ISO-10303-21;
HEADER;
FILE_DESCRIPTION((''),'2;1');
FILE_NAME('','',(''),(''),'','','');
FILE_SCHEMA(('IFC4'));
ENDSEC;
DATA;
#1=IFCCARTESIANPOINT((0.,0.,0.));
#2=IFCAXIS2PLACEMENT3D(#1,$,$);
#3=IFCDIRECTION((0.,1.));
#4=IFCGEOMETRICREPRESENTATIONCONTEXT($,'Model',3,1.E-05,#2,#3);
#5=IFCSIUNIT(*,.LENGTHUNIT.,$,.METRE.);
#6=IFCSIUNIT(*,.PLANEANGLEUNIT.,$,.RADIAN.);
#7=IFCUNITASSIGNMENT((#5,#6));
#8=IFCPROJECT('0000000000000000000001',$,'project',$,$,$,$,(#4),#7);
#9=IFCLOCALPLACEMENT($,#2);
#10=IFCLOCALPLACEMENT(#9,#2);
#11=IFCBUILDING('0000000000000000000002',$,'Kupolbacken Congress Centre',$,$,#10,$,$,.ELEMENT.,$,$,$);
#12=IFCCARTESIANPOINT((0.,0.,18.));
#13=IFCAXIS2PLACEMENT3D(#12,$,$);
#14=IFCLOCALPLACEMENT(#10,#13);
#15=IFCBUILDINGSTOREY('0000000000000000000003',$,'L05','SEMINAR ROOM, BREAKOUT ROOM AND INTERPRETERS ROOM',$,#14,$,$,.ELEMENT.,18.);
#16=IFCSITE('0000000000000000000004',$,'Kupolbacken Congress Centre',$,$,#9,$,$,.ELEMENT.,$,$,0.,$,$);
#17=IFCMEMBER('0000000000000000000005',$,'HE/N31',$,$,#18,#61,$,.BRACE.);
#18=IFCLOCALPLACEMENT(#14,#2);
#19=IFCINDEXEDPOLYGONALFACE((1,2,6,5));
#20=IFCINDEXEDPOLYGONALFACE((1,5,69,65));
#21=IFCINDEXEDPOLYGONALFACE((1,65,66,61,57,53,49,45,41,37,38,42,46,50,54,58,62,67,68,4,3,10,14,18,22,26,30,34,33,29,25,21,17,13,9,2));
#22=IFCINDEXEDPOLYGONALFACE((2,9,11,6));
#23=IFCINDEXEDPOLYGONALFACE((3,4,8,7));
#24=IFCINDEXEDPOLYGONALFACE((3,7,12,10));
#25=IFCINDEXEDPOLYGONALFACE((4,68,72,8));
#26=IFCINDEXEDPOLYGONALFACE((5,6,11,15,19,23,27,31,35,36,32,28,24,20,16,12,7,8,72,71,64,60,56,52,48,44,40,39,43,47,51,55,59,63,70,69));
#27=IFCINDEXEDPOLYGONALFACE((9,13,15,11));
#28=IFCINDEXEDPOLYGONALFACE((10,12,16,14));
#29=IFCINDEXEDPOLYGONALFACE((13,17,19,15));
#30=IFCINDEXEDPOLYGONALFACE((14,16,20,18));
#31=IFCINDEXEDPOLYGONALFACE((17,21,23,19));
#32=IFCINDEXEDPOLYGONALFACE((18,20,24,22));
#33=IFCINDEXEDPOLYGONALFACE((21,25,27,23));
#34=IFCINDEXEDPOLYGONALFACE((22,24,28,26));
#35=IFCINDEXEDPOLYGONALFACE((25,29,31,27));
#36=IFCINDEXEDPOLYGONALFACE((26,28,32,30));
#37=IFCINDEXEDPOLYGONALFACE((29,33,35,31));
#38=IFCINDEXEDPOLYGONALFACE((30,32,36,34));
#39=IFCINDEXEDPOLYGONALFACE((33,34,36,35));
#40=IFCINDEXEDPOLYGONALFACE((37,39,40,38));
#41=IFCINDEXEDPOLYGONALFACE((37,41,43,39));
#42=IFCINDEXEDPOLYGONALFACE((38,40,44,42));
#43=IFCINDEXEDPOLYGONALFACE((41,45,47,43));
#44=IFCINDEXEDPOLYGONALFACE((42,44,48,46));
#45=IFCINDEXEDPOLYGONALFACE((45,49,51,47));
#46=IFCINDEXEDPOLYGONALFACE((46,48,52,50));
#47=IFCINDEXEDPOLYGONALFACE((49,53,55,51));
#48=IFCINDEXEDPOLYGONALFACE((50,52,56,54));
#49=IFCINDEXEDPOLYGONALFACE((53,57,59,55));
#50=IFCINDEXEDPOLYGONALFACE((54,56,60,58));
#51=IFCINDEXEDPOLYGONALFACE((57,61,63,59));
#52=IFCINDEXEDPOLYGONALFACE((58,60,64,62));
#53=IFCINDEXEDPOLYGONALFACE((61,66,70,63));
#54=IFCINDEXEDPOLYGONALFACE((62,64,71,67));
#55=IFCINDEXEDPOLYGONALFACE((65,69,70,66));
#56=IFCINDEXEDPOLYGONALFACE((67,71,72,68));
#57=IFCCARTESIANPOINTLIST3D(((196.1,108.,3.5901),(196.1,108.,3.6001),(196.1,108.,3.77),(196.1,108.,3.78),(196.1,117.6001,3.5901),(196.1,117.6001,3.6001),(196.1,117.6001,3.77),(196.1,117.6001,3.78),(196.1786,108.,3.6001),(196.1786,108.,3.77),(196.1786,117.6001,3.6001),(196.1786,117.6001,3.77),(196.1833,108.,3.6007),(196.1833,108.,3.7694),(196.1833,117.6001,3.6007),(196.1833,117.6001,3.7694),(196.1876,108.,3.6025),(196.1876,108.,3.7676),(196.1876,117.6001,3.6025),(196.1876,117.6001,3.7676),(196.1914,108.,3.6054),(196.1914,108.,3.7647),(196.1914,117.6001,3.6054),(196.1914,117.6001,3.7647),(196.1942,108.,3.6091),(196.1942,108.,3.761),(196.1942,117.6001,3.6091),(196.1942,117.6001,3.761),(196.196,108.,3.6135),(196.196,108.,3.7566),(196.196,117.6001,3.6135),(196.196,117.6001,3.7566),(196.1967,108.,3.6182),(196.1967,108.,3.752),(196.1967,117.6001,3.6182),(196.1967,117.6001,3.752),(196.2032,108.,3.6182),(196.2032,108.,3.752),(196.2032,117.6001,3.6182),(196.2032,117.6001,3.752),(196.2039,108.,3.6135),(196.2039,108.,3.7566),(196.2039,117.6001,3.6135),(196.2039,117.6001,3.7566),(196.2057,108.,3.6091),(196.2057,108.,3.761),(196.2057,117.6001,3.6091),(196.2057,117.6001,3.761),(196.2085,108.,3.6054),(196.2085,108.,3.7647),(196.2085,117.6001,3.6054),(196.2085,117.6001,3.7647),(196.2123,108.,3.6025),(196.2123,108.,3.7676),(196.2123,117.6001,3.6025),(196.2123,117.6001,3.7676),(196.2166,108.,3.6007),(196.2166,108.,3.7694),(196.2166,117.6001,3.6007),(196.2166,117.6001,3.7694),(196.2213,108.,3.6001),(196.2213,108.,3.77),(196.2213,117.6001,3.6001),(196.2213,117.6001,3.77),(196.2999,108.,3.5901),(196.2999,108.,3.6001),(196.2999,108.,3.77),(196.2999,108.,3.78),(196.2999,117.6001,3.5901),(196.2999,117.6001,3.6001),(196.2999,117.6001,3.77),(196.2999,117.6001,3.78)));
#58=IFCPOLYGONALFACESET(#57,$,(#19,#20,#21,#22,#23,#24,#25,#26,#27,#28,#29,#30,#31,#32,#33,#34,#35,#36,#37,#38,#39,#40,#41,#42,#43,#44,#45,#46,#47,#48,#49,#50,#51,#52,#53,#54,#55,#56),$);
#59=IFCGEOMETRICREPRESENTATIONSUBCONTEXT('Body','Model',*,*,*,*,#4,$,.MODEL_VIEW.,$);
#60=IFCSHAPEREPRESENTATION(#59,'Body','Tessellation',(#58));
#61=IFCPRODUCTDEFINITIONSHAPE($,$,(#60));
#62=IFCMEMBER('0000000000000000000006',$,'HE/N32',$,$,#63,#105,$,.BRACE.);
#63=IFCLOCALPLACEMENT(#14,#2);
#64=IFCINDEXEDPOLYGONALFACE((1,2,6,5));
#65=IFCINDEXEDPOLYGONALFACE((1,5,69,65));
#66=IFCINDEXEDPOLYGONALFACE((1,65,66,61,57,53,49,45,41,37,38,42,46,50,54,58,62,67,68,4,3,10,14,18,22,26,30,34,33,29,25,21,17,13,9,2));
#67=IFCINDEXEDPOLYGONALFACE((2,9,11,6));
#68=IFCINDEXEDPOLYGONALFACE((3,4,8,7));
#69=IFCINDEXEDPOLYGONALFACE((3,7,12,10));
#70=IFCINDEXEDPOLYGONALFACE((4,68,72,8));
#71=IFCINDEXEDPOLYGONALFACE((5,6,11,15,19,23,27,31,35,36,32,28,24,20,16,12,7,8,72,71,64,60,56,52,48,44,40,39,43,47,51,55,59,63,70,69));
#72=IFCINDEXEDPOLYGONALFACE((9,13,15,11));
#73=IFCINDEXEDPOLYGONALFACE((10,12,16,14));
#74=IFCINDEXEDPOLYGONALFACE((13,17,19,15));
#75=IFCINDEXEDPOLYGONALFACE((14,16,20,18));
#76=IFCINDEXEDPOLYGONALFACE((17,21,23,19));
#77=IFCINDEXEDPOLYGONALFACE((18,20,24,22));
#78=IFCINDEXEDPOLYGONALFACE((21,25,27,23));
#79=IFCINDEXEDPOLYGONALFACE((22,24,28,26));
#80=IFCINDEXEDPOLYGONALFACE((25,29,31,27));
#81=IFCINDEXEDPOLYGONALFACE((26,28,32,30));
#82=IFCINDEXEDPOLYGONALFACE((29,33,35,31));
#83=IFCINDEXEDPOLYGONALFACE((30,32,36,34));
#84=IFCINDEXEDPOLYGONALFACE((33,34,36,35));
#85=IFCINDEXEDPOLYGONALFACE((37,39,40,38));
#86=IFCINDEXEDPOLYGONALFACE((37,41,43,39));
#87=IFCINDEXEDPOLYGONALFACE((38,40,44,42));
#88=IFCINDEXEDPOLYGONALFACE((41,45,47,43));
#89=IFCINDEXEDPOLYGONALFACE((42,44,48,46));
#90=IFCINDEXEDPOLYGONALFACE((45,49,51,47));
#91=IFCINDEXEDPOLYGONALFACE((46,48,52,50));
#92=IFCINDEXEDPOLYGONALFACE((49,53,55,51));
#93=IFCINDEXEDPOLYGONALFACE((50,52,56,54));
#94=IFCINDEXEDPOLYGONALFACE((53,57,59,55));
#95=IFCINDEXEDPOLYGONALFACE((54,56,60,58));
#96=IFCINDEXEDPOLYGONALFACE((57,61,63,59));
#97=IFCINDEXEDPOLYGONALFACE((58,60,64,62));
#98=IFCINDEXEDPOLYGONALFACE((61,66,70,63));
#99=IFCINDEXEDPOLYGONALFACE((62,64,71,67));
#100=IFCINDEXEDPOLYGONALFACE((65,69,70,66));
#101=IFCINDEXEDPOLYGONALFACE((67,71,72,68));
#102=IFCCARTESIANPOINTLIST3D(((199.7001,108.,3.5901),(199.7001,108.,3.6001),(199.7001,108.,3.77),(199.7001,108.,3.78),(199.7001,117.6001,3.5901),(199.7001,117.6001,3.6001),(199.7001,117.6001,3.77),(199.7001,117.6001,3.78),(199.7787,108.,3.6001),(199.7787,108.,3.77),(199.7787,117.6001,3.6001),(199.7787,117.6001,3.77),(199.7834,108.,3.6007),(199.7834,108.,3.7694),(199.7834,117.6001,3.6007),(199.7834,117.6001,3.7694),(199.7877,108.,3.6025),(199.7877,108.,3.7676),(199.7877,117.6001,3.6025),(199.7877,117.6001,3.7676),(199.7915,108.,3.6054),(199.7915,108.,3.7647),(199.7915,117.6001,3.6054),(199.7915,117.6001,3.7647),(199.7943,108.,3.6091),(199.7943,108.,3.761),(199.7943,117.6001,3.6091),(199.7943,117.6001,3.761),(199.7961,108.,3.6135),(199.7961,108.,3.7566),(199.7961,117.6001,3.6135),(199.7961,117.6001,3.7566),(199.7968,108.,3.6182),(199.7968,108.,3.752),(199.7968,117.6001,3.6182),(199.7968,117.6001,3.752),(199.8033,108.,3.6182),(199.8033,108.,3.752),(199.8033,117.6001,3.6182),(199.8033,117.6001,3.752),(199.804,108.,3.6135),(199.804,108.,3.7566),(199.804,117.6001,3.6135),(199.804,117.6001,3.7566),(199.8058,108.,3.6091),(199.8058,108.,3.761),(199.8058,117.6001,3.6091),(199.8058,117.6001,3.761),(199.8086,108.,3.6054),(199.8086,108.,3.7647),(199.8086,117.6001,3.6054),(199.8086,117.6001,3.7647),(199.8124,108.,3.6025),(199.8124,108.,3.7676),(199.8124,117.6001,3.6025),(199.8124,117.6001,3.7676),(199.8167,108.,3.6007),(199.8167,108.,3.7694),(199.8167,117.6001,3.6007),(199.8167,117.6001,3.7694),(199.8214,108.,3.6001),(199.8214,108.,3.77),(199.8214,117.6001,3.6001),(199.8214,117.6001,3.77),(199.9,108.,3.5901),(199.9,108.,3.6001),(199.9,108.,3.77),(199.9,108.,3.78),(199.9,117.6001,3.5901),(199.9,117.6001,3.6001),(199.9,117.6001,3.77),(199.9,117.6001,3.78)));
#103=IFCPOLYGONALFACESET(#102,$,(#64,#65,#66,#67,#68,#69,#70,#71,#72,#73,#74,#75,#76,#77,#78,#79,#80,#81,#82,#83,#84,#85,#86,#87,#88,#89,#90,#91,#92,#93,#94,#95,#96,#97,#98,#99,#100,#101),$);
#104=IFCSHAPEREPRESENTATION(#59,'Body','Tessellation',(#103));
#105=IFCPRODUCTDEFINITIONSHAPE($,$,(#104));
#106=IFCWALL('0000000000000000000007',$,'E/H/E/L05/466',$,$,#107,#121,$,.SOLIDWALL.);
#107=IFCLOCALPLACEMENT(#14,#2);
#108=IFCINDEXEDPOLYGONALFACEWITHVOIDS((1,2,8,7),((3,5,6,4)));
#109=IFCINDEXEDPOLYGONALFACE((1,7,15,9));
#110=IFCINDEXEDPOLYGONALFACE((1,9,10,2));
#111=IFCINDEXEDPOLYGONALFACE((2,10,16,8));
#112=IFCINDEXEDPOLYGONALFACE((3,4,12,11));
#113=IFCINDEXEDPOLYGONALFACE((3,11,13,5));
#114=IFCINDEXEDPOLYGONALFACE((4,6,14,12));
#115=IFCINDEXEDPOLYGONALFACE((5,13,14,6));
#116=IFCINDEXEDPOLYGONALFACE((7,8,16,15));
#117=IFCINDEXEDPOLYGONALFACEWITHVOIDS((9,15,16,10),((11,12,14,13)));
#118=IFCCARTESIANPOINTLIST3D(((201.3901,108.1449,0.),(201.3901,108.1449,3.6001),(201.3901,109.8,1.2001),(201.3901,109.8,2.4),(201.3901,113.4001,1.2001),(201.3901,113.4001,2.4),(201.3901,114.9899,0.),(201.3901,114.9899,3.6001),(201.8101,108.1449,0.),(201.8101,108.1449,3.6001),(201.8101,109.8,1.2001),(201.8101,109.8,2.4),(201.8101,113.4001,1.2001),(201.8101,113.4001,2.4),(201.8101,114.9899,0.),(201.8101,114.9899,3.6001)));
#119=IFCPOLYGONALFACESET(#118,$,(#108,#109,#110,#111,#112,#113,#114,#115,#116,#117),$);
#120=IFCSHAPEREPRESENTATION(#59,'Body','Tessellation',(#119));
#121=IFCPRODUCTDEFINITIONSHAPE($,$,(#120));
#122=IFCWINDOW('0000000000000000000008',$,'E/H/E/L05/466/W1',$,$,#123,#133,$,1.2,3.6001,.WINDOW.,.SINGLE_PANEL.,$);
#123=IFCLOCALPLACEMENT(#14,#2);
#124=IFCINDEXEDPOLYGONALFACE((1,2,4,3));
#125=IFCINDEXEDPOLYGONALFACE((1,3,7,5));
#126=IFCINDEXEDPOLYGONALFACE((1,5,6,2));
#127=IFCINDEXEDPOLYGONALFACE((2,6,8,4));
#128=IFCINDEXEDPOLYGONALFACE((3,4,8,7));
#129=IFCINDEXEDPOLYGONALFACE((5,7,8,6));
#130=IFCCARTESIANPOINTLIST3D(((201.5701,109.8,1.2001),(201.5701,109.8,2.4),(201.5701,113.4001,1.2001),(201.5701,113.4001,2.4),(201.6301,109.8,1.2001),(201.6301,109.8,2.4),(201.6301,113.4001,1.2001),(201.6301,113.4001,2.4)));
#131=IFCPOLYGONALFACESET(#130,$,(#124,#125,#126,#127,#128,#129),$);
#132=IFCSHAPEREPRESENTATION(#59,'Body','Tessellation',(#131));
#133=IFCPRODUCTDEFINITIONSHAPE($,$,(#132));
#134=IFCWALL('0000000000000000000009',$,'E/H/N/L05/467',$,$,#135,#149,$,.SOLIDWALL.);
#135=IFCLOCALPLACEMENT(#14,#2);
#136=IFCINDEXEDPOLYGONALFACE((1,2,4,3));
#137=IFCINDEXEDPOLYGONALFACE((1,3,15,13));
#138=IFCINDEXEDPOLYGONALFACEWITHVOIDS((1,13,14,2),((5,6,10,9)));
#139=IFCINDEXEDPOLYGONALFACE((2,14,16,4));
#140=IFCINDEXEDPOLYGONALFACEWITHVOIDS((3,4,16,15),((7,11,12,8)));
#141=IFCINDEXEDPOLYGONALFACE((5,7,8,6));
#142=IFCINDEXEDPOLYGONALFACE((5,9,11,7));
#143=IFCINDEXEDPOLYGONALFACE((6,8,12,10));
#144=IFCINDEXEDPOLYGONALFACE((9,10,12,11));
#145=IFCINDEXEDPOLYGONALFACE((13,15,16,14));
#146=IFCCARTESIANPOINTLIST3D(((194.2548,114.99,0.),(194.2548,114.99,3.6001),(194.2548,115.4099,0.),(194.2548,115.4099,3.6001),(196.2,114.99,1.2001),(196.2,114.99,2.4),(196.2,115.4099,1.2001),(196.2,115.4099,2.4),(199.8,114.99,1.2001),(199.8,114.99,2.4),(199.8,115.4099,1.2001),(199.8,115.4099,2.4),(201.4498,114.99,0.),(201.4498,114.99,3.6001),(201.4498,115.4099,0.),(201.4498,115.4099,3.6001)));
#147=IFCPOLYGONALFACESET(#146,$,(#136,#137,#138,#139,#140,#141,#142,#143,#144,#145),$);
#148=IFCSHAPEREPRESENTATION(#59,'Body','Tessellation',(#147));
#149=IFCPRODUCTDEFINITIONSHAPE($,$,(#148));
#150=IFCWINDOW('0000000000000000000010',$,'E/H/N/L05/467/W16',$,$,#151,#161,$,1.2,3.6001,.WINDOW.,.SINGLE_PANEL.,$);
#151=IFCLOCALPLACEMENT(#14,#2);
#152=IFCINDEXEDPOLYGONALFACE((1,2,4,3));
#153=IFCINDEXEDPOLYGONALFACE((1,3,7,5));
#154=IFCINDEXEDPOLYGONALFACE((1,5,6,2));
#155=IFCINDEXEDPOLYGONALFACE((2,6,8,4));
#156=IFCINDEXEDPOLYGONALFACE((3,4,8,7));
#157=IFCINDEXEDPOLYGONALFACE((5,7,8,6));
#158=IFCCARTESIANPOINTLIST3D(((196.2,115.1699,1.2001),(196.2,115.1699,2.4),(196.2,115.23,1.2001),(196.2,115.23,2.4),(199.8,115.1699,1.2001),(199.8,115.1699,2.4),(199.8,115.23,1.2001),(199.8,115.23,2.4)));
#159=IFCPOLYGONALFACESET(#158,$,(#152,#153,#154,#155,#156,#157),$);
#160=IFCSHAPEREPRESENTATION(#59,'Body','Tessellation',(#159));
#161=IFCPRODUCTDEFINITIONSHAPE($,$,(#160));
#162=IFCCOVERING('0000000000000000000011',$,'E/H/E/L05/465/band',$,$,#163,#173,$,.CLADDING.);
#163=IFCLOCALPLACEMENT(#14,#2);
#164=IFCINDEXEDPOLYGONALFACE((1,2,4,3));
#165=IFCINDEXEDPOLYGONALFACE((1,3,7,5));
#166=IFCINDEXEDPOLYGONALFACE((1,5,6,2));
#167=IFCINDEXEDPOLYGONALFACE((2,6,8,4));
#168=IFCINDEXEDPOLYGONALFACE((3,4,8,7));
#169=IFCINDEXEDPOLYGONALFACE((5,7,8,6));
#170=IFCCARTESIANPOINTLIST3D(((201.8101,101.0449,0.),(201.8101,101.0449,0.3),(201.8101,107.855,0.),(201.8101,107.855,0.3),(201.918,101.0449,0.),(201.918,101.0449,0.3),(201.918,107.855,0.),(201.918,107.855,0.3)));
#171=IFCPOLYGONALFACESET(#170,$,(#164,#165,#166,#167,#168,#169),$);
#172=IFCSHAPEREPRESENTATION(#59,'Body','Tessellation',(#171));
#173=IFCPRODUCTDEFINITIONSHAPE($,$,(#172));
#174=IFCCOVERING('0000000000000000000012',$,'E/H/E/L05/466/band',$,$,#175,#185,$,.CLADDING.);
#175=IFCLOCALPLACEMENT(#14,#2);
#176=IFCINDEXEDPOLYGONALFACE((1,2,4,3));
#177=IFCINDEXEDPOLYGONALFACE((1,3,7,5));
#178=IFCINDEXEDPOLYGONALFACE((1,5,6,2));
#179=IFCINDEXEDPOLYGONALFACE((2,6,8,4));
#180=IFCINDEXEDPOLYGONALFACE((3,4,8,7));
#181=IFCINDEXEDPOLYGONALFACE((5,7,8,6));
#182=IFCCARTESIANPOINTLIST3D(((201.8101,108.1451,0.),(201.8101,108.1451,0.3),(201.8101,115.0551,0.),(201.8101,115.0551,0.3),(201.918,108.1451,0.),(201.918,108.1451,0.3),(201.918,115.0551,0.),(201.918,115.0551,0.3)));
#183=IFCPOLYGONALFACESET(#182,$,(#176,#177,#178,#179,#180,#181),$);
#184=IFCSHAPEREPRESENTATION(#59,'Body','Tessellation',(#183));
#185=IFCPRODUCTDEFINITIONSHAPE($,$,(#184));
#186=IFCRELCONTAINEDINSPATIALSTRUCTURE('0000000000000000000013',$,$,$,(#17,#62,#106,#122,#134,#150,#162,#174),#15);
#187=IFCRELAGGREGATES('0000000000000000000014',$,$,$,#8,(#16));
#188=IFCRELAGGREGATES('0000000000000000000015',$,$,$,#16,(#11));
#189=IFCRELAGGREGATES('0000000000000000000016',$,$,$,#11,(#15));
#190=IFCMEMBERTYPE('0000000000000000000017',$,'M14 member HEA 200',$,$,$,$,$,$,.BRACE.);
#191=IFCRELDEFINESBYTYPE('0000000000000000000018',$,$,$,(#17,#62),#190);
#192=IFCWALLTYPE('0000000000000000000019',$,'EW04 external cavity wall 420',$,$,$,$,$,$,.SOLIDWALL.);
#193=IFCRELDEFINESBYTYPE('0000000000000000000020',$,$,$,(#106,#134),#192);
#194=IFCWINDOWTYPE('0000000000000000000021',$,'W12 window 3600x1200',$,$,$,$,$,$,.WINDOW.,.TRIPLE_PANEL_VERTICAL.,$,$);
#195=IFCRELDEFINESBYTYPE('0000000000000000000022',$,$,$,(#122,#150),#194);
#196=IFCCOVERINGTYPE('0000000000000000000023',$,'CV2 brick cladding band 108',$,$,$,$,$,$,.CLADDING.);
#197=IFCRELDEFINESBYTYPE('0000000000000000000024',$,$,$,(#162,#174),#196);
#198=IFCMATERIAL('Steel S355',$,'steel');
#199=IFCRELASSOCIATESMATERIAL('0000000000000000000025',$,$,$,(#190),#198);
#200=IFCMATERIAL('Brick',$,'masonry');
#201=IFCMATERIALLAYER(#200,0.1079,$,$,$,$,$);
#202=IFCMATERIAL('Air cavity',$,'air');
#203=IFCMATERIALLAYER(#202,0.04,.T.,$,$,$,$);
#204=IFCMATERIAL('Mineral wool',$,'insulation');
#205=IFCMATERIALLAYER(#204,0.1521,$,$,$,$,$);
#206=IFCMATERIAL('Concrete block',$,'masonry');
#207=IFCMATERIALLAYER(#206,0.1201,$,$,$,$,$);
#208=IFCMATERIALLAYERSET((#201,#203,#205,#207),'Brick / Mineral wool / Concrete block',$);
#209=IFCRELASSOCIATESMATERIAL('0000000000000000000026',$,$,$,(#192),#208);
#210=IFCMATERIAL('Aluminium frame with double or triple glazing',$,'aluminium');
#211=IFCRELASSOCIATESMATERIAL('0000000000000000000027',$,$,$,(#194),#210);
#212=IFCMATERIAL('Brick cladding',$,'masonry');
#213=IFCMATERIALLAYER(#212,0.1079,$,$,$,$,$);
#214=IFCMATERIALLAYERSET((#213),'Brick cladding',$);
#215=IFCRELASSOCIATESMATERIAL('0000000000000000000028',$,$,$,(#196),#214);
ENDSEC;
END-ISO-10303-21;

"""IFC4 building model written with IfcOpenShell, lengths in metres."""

from ifc_helpers import new_model, si_unit, direction, frame, frame_2d, origin, origin_2d, place, context, subcontext, project, spatial, rectangle, i_section, extrude, material, layer, layer_set, material_profile, profile_set, type_object, element, fill, save


model = new_model("IFC4")

# Units and contexts
model_context = context("Model", 3, precision=1e-05, world=origin(), true_north=direction((0.0, 1.0)))
body_context = subcontext(model_context, "Body", "Model", "MODEL_VIEW")
ifc_project = project(units=[si_unit("LENGTHUNIT", "METRE"), si_unit("PLANEANGLEUNIT", "RADIAN")], contexts=[model_context])

# Site, building, storey
site_placement = place(None, origin())
site = spatial("IfcSite", under=ifc_project, at=site_placement, Name="Kupolbacken Congress Centre", CompositionType="ELEMENT", RefElevation=0.0)
building_placement = place(site_placement, origin())
building = spatial("IfcBuilding", under=site, at=building_placement, Name="Kupolbacken Congress Centre", CompositionType="ELEMENT")
storey_placement = place(building_placement, frame((0.0, 0.0, 18.0)))
storey = spatial("IfcBuildingStorey", under=building, at=storey_placement, Name="L05", Description="SEMINAR ROOM, BREAKOUT ROOM AND INTERPRETERS ROOM", CompositionType="ELEMENT", Elevation=18.0)

# Members
ifc_material_1 = material(Name="Steel S355", Category="steel")
ifc_material_profile_1 = material_profile(ifc_material_1, i_section(OverallWidth=0.2, OverallDepth=0.1899, WebThickness=0.0066, FlangeThickness=0.01, FilletRadius=0.0181, at=origin_2d()), Name="HEA 200")
ifc_profile_set_1 = profile_set([ifc_material_profile_1], Name="Steel S355")
member_type = type_object("IfcMemberType", Name="M14 member HEA 200", PredefinedType="BRACE", material=ifc_profile_set_1)
for number, where, z_axis, x_axis, name in (
    (1, (196.2, 108.0, 3.6851), (0.0, 1.0, 0.0), (-1.0, 0.0, 0.0), "HE/N31"),
    (2, (199.8, 108.0, 3.6851), (0.0, 1.0, 0.0), (-1.0, 0.0, 0.0), "HE/N32"),
):
    element("IfcMember", number, at=place(storey_placement, frame(where, z_axis=z_axis, x_axis=x_axis)), inside=storey, type_object=member_type, Name=name, PredefinedType="BRACE", context=body_context, shape_type="SweptSolid", body=[
        extrude(i_section(OverallWidth=0.2, OverallDepth=0.1899, WebThickness=0.0066, FlangeThickness=0.01, FilletRadius=0.0181, at=origin_2d()), origin(), (0.0, 0.0, 1.0), 9.6001),
    ])

# Walls, openings, windows
ifc_material_2 = material(Name="Brick", Category="masonry")
ifc_layer_1 = layer(ifc_material_2, 0.1079)
ifc_material_3 = material(Name="Air cavity", Category="air")
ifc_layer_2 = layer(ifc_material_3, 0.04, ventilated=True)
ifc_material_4 = material(Name="Mineral wool", Category="insulation")
ifc_layer_3 = layer(ifc_material_4, 0.1521)
ifc_material_5 = material(Name="Concrete block", Category="masonry")
ifc_layer_4 = layer(ifc_material_5, 0.1201)
ifc_layer_set_1 = layer_set([ifc_layer_1, ifc_layer_2, ifc_layer_3, ifc_layer_4], Name="Brick / Mineral wool / Concrete block")
wall_type = type_object("IfcWallType", Name="EW04 external cavity wall 420", PredefinedType="SOLIDWALL", material=ifc_layer_set_1)
wall_1_placement = place(storey_placement, frame((201.6001, 108.145, 0.0), z_axis=(0.0, 0.0, 1.0), x_axis=(0.0, 1.0, 0.0)))
wall_1 = element("IfcWall", 3, at=wall_1_placement, inside=storey, type_object=wall_type, Name="E/H/E/L05/466", PredefinedType="SOLIDWALL", context=body_context, shape_type="SweptSolid", body=[
    extrude(rectangle(XDim=6.845, YDim=0.4199, at=frame_2d((3.4224, 0.0))), origin(), (0.0, 0.0, 1.0), 3.6001),
])
opening_1_placement = place(wall_1_placement, frame((1.655, 0.0, 1.2)))
opening_1 = element("IfcOpeningElement", 4, at=opening_1_placement, cuts=wall_1, PredefinedType="OPENING", context=body_context, shape_type="SweptSolid", body=[
    extrude(rectangle(XDim=3.6001, YDim=1.2, at=frame_2d((1.8, 0.6001))), frame((0.0, 0.22, 0.0), z_axis=(0.0, -1.0, 0.0), x_axis=(1.0, 0.0, 0.0)), (0.0, 0.0, 1.0), 0.4399),
])
ifc_material_6 = material(Name="Aluminium frame with double or triple glazing", Category="aluminium")
window_type = type_object("IfcWindowType", Name="W12 window 3600x1200", PartitioningType="TRIPLE_PANEL_VERTICAL", PredefinedType="WINDOW", material=ifc_material_6)
window_1_placement = place(opening_1_placement, origin())
window_1 = element("IfcWindow", 5, at=window_1_placement, inside=storey, type_object=window_type, Name="E/H/E/L05/466/W1", OverallHeight=1.2, OverallWidth=3.6001, PartitioningType="SINGLE_PANEL", PredefinedType="WINDOW", context=body_context, shape_type="SweptSolid", body=[
    extrude(rectangle(XDim=3.6001, YDim=1.2, at=frame_2d((1.8, 0.6001))), frame((0.0, 0.03, 0.0), z_axis=(0.0, -1.0, 0.0), x_axis=(1.0, 0.0, 0.0)), (0.0, 0.0, 1.0), 0.0601),
])
fill(opening_1, window_1)
wall_2_placement = place(storey_placement, frame((201.45, 115.2, 0.0), z_axis=(0.0, 0.0, 1.0), x_axis=(-1.0, 0.0, 0.0)))
wall_2 = element("IfcWall", 6, at=wall_2_placement, inside=storey, type_object=wall_type, Name="E/H/N/L05/467", PredefinedType="SOLIDWALL", context=body_context, shape_type="SweptSolid", body=[
    extrude(rectangle(XDim=7.1951, YDim=0.4199, at=frame_2d((3.5977, 0.0))), origin(), (0.0, 0.0, 1.0), 3.6001),
])
opening_2_placement = place(wall_2_placement, frame((1.6499, 0.0, 1.2)))
opening_2 = element("IfcOpeningElement", 7, at=opening_2_placement, cuts=wall_2, PredefinedType="OPENING", context=body_context, shape_type="SweptSolid", body=[
    extrude(rectangle(XDim=3.6001, YDim=1.2, at=frame_2d((1.8, 0.6001))), frame((0.0, 0.22, 0.0), z_axis=(0.0, -1.0, 0.0), x_axis=(1.0, 0.0, 0.0)), (0.0, 0.0, 1.0), 0.4399),
])
window_2_placement = place(opening_2_placement, origin())
window_2 = element("IfcWindow", 8, at=window_2_placement, inside=storey, type_object=window_type, Name="E/H/N/L05/467/W16", OverallHeight=1.2, OverallWidth=3.6001, PartitioningType="SINGLE_PANEL", PredefinedType="WINDOW", context=body_context, shape_type="SweptSolid", body=[
    extrude(rectangle(XDim=3.6001, YDim=1.2, at=frame_2d((1.8, 0.6001))), frame((0.0, 0.03, 0.0), z_axis=(0.0, -1.0, 0.0), x_axis=(1.0, 0.0, 0.0)), (0.0, 0.0, 1.0), 0.0601),
])
fill(opening_2, window_2)

# Coverings
ifc_material_7 = material(Name="Brick cladding", Category="masonry")
ifc_layer_5 = layer(ifc_material_7, 0.1079)
ifc_layer_set_2 = layer_set([ifc_layer_5], Name="Brick cladding")
covering_type_1 = type_object("IfcCoveringType", Name="CV2 brick cladding band 108", PredefinedType="CLADDING", material=ifc_layer_set_2)
covering_1_placement = place(storey_placement, frame((201.864, 104.45, 0.0), z_axis=(0.0, 0.0, 1.0), x_axis=(0.0, 1.0, 0.0)))
element("IfcCovering", 9, at=covering_1_placement, inside=storey, type_object=covering_type_1, Name="E/H/E/L05/465/band", PredefinedType="CLADDING", context=body_context, shape_type="SweptSolid", body=[
    extrude(rectangle(XDim=6.8101, YDim=0.1079, at=origin_2d()), origin(), (0.0, 0.0, 1.0), 0.3),
])
covering_2_placement = place(storey_placement, frame((201.864, 111.6001, 0.0), z_axis=(0.0, 0.0, 1.0), x_axis=(0.0, 1.0, 0.0)))
element("IfcCovering", 10, at=covering_2_placement, inside=storey, type_object=covering_type_1, Name="E/H/E/L05/466/band", PredefinedType="CLADDING", context=body_context, shape_type="SweptSolid", body=[
    extrude(rectangle(XDim=6.9099, YDim=0.1079, at=origin_2d()), origin(), (0.0, 0.0, 1.0), 0.3),
])

save(model, "model.ifc")
